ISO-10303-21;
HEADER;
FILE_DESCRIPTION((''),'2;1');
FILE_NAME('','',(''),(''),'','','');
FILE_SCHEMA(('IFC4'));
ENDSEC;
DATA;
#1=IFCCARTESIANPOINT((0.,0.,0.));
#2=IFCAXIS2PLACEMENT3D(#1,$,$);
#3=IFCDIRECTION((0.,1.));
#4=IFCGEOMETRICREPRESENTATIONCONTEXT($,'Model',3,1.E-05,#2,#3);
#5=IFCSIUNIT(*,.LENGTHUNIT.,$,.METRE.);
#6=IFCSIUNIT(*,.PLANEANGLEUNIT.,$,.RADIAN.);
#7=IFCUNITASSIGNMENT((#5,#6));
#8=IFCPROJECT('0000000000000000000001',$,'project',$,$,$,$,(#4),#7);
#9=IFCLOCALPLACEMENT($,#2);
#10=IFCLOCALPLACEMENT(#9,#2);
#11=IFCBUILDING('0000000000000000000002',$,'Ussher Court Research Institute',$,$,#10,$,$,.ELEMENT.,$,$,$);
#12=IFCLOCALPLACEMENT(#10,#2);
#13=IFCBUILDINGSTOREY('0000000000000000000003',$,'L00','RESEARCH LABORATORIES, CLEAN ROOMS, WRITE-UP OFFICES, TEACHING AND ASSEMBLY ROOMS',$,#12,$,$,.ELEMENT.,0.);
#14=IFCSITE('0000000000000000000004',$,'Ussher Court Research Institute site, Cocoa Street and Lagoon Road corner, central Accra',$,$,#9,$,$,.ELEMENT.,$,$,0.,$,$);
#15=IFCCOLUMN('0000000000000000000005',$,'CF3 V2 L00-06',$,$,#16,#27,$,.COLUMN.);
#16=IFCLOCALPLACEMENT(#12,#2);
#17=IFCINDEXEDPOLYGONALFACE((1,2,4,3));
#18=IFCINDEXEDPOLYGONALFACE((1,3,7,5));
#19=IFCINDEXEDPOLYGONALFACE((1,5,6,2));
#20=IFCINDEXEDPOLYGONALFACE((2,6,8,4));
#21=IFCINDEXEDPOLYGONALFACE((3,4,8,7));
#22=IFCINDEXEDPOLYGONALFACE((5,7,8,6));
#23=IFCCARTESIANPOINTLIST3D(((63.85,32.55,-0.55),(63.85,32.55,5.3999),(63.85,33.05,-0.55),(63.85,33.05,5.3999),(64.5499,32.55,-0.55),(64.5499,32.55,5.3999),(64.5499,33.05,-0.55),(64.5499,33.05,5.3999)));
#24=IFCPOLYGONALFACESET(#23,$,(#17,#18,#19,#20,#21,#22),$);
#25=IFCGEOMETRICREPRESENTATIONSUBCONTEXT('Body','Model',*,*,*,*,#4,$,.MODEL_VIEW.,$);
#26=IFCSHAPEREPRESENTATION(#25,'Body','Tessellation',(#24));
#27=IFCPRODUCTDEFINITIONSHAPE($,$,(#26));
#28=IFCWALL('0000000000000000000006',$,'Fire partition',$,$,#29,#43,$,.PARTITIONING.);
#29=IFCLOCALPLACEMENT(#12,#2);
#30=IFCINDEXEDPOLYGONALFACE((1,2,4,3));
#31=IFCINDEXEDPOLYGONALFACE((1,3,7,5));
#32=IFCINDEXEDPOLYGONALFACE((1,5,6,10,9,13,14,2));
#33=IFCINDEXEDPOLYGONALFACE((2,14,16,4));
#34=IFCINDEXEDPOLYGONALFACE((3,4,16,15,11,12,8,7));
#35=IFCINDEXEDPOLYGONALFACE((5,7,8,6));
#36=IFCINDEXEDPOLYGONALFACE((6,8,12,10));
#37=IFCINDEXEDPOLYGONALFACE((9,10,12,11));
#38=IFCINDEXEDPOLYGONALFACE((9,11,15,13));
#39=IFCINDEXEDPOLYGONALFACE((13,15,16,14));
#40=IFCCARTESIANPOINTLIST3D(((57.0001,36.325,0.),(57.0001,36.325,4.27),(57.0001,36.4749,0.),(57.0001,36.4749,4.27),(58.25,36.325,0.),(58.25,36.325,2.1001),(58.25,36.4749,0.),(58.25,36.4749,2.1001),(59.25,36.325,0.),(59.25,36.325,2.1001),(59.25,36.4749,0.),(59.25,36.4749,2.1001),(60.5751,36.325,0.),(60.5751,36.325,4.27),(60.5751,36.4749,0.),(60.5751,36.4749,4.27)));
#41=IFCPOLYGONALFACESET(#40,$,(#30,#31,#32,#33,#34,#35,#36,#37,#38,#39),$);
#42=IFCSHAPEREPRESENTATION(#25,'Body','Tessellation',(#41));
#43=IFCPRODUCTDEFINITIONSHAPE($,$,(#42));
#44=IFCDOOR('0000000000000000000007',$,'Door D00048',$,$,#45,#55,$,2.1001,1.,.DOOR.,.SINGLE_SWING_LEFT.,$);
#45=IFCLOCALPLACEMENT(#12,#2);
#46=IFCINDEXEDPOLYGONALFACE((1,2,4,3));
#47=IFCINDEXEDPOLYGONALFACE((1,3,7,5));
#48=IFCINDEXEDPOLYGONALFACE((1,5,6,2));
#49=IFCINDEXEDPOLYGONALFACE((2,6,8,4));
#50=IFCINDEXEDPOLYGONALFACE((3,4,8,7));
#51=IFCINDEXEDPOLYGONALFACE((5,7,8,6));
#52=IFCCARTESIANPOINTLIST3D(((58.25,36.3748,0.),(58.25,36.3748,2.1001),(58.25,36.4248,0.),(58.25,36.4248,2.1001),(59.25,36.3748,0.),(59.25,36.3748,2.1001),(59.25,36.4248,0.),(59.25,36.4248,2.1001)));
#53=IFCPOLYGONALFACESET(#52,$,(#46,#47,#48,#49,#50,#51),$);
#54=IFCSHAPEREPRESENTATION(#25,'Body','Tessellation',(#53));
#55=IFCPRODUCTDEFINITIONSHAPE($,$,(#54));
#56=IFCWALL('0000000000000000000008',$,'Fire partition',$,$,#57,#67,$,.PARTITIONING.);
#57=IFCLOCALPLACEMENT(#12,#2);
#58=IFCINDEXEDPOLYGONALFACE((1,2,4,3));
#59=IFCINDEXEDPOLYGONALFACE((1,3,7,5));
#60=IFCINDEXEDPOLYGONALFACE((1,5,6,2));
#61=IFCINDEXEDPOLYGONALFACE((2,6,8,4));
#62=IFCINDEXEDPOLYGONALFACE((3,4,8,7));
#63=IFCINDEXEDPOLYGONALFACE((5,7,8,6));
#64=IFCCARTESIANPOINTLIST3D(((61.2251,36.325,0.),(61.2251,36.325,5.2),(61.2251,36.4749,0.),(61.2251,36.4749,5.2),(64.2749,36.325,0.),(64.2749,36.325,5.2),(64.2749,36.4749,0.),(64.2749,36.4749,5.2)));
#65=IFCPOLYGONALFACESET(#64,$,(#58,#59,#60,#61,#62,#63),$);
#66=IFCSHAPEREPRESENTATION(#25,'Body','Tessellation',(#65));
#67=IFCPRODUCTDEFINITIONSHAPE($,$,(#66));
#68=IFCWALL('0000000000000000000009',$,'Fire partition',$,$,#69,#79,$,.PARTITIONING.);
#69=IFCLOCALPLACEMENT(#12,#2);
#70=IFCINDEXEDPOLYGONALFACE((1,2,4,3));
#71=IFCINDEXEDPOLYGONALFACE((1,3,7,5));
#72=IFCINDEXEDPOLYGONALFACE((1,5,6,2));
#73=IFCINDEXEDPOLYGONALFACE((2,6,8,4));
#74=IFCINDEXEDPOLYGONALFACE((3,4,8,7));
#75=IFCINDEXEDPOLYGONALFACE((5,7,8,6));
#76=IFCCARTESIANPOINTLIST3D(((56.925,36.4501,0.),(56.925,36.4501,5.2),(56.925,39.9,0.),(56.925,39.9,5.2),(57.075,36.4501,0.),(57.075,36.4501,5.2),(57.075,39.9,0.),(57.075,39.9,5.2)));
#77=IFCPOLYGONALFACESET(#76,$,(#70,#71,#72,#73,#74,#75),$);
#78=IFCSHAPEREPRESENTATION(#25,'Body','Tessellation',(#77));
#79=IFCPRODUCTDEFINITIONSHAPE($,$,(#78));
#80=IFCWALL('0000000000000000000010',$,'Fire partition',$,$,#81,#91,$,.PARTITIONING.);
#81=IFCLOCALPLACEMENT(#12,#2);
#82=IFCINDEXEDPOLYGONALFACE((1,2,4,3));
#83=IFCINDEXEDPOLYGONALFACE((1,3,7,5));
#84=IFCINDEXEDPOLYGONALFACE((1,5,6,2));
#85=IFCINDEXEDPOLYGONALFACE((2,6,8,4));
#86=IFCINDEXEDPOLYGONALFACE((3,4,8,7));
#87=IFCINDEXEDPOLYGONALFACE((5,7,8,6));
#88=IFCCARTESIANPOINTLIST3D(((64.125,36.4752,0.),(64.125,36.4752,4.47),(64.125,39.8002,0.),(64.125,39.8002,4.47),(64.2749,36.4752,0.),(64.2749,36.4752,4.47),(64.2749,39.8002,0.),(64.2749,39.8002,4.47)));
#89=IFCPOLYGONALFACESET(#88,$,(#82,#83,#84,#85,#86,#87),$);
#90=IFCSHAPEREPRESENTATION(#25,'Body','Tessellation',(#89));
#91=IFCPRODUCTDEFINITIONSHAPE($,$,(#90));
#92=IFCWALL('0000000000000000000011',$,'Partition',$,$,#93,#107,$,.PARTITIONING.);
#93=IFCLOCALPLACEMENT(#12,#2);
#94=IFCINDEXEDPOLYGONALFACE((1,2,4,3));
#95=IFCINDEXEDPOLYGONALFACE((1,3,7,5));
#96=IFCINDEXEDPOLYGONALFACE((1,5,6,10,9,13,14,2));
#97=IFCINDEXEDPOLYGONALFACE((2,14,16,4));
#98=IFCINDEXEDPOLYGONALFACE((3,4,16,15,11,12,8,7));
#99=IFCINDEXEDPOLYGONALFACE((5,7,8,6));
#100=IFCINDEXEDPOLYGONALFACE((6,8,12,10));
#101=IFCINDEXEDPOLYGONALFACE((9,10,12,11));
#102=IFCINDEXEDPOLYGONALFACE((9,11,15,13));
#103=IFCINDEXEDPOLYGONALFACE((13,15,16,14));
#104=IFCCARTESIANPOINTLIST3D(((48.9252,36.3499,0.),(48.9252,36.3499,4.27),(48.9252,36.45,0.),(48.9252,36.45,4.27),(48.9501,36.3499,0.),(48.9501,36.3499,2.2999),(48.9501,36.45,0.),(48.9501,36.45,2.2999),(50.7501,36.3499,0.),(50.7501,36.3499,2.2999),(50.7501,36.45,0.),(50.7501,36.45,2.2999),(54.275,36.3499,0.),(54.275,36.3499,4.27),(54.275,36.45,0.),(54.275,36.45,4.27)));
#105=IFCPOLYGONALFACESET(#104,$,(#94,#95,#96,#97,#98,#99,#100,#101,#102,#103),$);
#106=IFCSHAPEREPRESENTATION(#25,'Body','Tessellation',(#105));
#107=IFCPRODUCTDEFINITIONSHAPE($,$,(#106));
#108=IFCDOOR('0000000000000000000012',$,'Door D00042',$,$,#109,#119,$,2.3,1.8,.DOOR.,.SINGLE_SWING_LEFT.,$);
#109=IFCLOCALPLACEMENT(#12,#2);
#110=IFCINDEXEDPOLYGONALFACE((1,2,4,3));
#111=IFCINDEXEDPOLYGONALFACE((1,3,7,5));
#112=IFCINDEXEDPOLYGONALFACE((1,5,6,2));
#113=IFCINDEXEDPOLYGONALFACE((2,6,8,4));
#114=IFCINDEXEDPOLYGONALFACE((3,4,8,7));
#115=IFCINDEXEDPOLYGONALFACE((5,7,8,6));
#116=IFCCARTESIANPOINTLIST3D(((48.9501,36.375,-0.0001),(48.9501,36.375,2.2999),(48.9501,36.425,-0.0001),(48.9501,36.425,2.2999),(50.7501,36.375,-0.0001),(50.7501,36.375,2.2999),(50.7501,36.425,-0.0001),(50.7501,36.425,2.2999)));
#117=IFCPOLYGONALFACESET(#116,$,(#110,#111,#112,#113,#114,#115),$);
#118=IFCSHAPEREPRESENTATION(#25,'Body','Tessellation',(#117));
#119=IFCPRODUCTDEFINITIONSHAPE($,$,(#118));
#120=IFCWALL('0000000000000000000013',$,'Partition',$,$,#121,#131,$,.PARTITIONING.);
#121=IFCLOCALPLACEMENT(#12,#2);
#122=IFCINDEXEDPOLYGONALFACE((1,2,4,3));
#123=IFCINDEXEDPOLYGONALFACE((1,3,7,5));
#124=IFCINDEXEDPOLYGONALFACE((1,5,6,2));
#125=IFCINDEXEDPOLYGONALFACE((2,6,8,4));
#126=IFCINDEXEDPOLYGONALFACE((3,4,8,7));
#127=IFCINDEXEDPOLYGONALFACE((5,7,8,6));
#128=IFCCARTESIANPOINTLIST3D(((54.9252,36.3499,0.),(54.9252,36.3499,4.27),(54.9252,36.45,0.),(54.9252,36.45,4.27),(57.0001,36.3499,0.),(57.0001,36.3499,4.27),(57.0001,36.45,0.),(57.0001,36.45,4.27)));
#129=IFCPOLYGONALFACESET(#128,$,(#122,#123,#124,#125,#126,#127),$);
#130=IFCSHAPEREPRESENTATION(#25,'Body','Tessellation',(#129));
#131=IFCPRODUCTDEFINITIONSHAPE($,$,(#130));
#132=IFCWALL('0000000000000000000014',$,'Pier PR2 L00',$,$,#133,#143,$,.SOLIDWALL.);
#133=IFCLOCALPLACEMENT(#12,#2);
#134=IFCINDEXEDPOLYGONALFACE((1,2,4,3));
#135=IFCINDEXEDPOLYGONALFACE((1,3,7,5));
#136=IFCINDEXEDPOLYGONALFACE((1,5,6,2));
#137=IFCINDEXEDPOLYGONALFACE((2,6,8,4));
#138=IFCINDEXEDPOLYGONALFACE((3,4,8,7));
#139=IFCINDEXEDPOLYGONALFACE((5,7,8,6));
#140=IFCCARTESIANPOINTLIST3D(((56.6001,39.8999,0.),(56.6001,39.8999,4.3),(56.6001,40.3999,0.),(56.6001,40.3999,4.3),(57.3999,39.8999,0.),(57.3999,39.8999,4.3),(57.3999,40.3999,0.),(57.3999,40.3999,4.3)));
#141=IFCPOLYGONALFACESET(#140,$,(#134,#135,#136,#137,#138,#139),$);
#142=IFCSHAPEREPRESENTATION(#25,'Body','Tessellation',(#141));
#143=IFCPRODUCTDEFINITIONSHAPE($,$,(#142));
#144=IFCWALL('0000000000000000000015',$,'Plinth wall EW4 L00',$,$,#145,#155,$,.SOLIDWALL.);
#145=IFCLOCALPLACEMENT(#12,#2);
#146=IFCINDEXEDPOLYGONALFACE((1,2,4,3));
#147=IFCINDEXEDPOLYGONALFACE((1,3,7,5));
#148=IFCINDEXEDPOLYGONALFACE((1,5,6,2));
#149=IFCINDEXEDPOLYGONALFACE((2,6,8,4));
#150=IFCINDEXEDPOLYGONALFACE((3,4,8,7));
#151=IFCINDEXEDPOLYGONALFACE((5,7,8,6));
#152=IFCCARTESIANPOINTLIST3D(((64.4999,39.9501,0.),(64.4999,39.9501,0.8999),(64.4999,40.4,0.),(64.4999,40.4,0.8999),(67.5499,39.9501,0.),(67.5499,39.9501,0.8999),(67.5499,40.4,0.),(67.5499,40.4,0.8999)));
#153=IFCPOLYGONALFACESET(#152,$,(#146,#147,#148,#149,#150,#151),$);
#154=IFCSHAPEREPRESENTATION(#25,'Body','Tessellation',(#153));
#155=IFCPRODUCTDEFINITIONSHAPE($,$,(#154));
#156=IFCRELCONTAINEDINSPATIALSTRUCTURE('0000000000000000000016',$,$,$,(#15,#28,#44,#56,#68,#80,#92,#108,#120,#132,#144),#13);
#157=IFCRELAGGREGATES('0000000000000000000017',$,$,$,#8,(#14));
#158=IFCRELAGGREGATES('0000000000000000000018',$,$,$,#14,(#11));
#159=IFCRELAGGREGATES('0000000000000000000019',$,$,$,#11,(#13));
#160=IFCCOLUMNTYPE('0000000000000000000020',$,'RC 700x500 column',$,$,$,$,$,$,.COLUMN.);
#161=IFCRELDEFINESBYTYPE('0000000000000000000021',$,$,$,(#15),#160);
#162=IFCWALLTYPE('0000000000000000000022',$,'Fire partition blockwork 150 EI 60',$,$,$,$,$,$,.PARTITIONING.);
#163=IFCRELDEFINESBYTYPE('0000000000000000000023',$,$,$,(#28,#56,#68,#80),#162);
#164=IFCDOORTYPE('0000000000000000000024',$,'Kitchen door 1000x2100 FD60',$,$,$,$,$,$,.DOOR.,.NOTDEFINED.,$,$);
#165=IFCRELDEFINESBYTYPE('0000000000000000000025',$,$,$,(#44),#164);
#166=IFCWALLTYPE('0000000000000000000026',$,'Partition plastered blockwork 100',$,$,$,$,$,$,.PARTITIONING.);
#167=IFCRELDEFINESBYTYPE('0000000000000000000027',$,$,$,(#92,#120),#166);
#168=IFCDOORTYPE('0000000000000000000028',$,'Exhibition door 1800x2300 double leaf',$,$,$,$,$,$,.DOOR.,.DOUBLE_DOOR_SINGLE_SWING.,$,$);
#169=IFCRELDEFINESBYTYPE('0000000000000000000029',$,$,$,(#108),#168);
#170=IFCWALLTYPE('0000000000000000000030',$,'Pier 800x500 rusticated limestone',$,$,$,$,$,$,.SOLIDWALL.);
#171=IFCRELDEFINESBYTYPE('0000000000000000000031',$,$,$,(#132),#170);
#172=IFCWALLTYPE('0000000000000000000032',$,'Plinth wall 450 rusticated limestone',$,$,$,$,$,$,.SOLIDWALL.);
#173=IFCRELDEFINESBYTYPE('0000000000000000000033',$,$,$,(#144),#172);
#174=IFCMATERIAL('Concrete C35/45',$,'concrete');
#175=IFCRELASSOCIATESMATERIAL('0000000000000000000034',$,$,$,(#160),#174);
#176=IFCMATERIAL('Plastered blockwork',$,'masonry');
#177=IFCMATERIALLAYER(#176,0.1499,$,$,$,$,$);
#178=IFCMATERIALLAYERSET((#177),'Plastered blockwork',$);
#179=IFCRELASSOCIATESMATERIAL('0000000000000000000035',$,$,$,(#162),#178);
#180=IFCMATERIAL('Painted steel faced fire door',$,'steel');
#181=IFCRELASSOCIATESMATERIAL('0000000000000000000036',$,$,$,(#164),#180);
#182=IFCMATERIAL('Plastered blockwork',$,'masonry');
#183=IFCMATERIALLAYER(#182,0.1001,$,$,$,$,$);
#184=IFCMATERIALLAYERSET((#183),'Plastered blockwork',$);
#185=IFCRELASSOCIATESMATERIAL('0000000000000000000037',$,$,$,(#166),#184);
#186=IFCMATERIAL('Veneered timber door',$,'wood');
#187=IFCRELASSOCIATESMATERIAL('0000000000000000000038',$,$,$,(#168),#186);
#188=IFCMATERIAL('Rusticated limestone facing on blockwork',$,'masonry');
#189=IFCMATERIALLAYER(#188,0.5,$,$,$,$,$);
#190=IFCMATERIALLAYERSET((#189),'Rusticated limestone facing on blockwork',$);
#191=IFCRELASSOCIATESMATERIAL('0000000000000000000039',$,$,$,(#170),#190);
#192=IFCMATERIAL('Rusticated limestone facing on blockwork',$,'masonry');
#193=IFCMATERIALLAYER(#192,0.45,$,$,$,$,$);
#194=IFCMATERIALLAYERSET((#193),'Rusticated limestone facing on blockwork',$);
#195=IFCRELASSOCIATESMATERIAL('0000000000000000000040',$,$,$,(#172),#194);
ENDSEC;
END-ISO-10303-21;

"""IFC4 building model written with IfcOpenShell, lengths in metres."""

from ifc_helpers import new_model, si_unit, direction, frame, frame_2d, origin, origin_2d, place, context, subcontext, project, spatial, rectangle, extrude, material, layer, layer_set, material_profile, profile_set, type_object, element, fill, save


model = new_model("IFC4")

# Units and contexts
model_context = context("Model", 3, precision=1e-05, world=origin(), true_north=direction((0.0, 1.0)))
body_context = subcontext(model_context, "Body", "Model", "MODEL_VIEW")
ifc_project = project(units=[si_unit("LENGTHUNIT", "METRE"), si_unit("PLANEANGLEUNIT", "RADIAN")], contexts=[model_context])

# Site, building, storey
site_placement = place(None, origin())
site = spatial("IfcSite", under=ifc_project, at=site_placement, Name="Ussher Court Research Institute site, Cocoa Street and Lagoon Road corner, central Accra", CompositionType="ELEMENT", RefElevation=0.0)
building_placement = place(site_placement, origin())
building = spatial("IfcBuilding", under=site, at=building_placement, Name="Ussher Court Research Institute", CompositionType="ELEMENT")
storey_placement = place(building_placement, origin())
storey = spatial("IfcBuildingStorey", under=building, at=storey_placement, Name="L00", Description="RESEARCH LABORATORIES, CLEAN ROOMS, WRITE-UP OFFICES, TEACHING AND ASSEMBLY ROOMS", CompositionType="ELEMENT", Elevation=0.0)

# Column
ifc_material_1 = material(Name="Concrete C35/45", Category="concrete")
ifc_material_profile_1 = material_profile(ifc_material_1, rectangle(XDim=0.7, YDim=0.5, at=origin_2d()), Name="RC 700x500")
ifc_profile_set_1 = profile_set([ifc_material_profile_1], Name="Concrete C35/45")
column_type_1 = type_object("IfcColumnType", Name="RC 700x500 column", PredefinedType="COLUMN", material=ifc_profile_set_1)
column_1_placement = place(storey_placement, frame((64.2, 32.8, -0.55), z_axis=(0.0, 0.0, 1.0), x_axis=(1.0, 0.0, 0.0)))
element("IfcColumn", 1, at=column_1_placement, inside=storey, type_object=column_type_1, Name="CF3 V2 L00-06", PredefinedType="COLUMN", context=body_context, shape_type="SweptSolid", body=[
    extrude(rectangle(XDim=0.7, YDim=0.5, at=origin_2d()), origin(), (0.0, 0.0, 1.0), 5.95),
])

# Wall, opening, door
ifc_material_2 = material(Name="Plastered blockwork", Category="masonry")
ifc_layer_1 = layer(ifc_material_2, 0.1499)
ifc_layer_set_1 = layer_set([ifc_layer_1], Name="Plastered blockwork")
wall_type_1 = type_object("IfcWallType", Name="Fire partition blockwork 150 EI 60", PredefinedType="PARTITIONING", material=ifc_layer_set_1)
wall_1_placement = place(storey_placement, frame((57.0, 36.3999, 0.0), z_axis=(0.0, 0.0, 1.0), x_axis=(1.0, 0.0, 0.0)))
wall_1 = element("IfcWall", 2, at=wall_1_placement, inside=storey, type_object=wall_type_1, Name="Fire partition", PredefinedType="PARTITIONING", context=body_context, shape_type="SweptSolid", body=[
    extrude(rectangle(XDim=3.575, YDim=0.1499, at=frame_2d((1.7876, 0.0))), origin(), (0.0, 0.0, 1.0), 4.27),
])
opening_1_placement = place(wall_1_placement, frame((1.25, 0.0, 0.0)))
opening_1 = element("IfcOpeningElement", 3, at=opening_1_placement, cuts=wall_1, PredefinedType="OPENING", context=body_context, shape_type="SweptSolid", body=[
    extrude(rectangle(XDim=1.0, YDim=2.1001, at=frame_2d((0.5, 1.05))), frame((0.0, 0.085, 0.0), z_axis=(0.0, -1.0, 0.0), x_axis=(1.0, 0.0, 0.0)), (0.0, 0.0, 1.0), 0.1699),
])
ifc_material_3 = material(Name="Painted steel faced fire door", Category="steel")
door_type_1 = type_object("IfcDoorType", Name="Kitchen door 1000x2100 FD60", OperationType="NOTDEFINED", PredefinedType="DOOR", material=ifc_material_3)
door_1_placement = place(opening_1_placement, origin())
door_1 = element("IfcDoor", 4, at=door_1_placement, inside=storey, type_object=door_type_1, Name="Door D00048", OperationType="SINGLE_SWING_LEFT", OverallHeight=2.1001, OverallWidth=1.0, PredefinedType="DOOR", context=body_context, shape_type="SweptSolid", body=[
    extrude(rectangle(XDim=1.0, YDim=2.1001, at=frame_2d((0.5, 1.05))), frame((0.0, 0.0249, 0.0), z_axis=(0.0, -1.0, 0.0), x_axis=(1.0, 0.0, 0.0)), (0.0, 0.0, 1.0), 0.05),
])
fill(opening_1, door_1)

# Walls
wall_2_placement = place(storey_placement, frame((61.2251, 36.3999, 0.0), z_axis=(0.0, 0.0, 1.0), x_axis=(1.0, 0.0, 0.0)))
element("IfcWall", 5, at=wall_2_placement, inside=storey, type_object=wall_type_1, Name="Fire partition", PredefinedType="PARTITIONING", context=body_context, shape_type="SweptSolid", body=[
    extrude(rectangle(XDim=3.0498, YDim=0.1499, at=frame_2d((1.5249, 0.0))), origin(), (0.0, 0.0, 1.0), 5.2),
])
wall_3_placement = place(storey_placement, frame((57.0, 36.45, 0.0), z_axis=(0.0, 0.0, 1.0), x_axis=(0.0, 1.0, 0.0)))
element("IfcWall", 6, at=wall_3_placement, inside=storey, type_object=wall_type_1, Name="Fire partition", PredefinedType="PARTITIONING", context=body_context, shape_type="SweptSolid", body=[
    extrude(rectangle(XDim=3.45, YDim=0.1499, at=frame_2d((1.7251, 0.0))), origin(), (0.0, 0.0, 1.0), 5.2),
])
wall_4_placement = place(storey_placement, frame((64.2, 36.4751, 0.0), z_axis=(0.0, 0.0, 1.0), x_axis=(0.0, 1.0, 0.0)))
element("IfcWall", 7, at=wall_4_placement, inside=storey, type_object=wall_type_1, Name="Fire partition", PredefinedType="PARTITIONING", context=body_context, shape_type="SweptSolid", body=[
    extrude(rectangle(XDim=3.325, YDim=0.1499, at=frame_2d((1.6626, 0.0))), origin(), (0.0, 0.0, 1.0), 4.47),
])

# Wall, opening, door
ifc_material_4 = material(Name="Plastered blockwork", Category="masonry")
ifc_layer_2 = layer(ifc_material_4, 0.1001)
ifc_layer_set_2 = layer_set([ifc_layer_2], Name="Plastered blockwork")
wall_type_2 = type_object("IfcWallType", Name="Partition plastered blockwork 100", PredefinedType="PARTITIONING", material=ifc_layer_set_2)
wall_5_placement = place(storey_placement, frame((54.2749, 36.3999, 0.0), z_axis=(0.0, 0.0, 1.0), x_axis=(-1.0, 0.0, 0.0)))
wall_5 = element("IfcWall", 8, at=wall_5_placement, inside=storey, type_object=wall_type_2, Name="Partition", PredefinedType="PARTITIONING", context=body_context, shape_type="SweptSolid", body=[
    extrude(rectangle(XDim=5.3499, YDim=0.1001, at=frame_2d((2.6748, 0.0))), origin(), (0.0, 0.0, 1.0), 4.27),
])
opening_2_placement = place(wall_5_placement, frame((3.5249, 0.0, 0.0)))
opening_2 = element("IfcOpeningElement", 9, at=opening_2_placement, cuts=wall_5, PredefinedType="OPENING", context=body_context, shape_type="SweptSolid", body=[
    extrude(rectangle(XDim=1.8, YDim=2.3, at=frame_2d((0.8999, 1.1499))), frame((0.0, 0.0601, 0.0), z_axis=(0.0, -1.0, 0.0), x_axis=(1.0, 0.0, 0.0)), (0.0, 0.0, 1.0), 0.1201),
])
ifc_material_5 = material(Name="Veneered timber door", Category="wood")
door_type_2 = type_object("IfcDoorType", Name="Exhibition door 1800x2300 double leaf", OperationType="DOUBLE_DOOR_SINGLE_SWING", PredefinedType="DOOR", material=ifc_material_5)
door_2_placement = place(opening_2_placement, origin())
door_2 = element("IfcDoor", 10, at=door_2_placement, inside=storey, type_object=door_type_2, Name="Door D00042", OperationType="SINGLE_SWING_LEFT", OverallHeight=2.3, OverallWidth=1.8, PredefinedType="DOOR", context=body_context, shape_type="SweptSolid", body=[
    extrude(rectangle(XDim=1.8, YDim=2.3, at=frame_2d((0.8999, 1.1499))), frame((0.0, 0.0249, 0.0), z_axis=(0.0, -1.0, 0.0), x_axis=(1.0, 0.0, 0.0)), (0.0, 0.0, 1.0), 0.05),
])
fill(opening_2, door_2)

# Walls
wall_6_placement = place(storey_placement, frame((54.925, 36.3999, 0.0), z_axis=(0.0, 0.0, 1.0), x_axis=(1.0, 0.0, 0.0)))
element("IfcWall", 11, at=wall_6_placement, inside=storey, type_object=wall_type_2, Name="Partition", PredefinedType="PARTITIONING", context=body_context, shape_type="SweptSolid", body=[
    extrude(rectangle(XDim=2.075, YDim=0.1001, at=frame_2d((1.0376, 0.0))), origin(), (0.0, 0.0, 1.0), 4.27),
])
ifc_material_6 = material(Name="Rusticated limestone facing on blockwork", Category="masonry")
ifc_layer_3 = layer(ifc_material_6, 0.5)
ifc_layer_set_3 = layer_set([ifc_layer_3], Name="Rusticated limestone facing on blockwork")
wall_type_3 = type_object("IfcWallType", Name="Pier 800x500 rusticated limestone", PredefinedType="SOLIDWALL", material=ifc_layer_set_3)
wall_7_placement = place(storey_placement, frame((56.6001, 40.1499, 0.0), z_axis=(0.0, 0.0, 1.0), x_axis=(1.0, 0.0, 0.0)))
element("IfcWall", 12, at=wall_7_placement, inside=storey, type_object=wall_type_3, Name="Pier PR2 L00", PredefinedType="SOLIDWALL", context=body_context, shape_type="SweptSolid", body=[
    extrude(rectangle(XDim=0.7998, YDim=0.5, at=frame_2d((0.3999, 0.0))), origin(), (0.0, 0.0, 1.0), 4.3),
])
ifc_material_7 = material(Name="Rusticated limestone facing on blockwork", Category="masonry")
ifc_layer_4 = layer(ifc_material_7, 0.45)
ifc_layer_set_4 = layer_set([ifc_layer_4], Name="Rusticated limestone facing on blockwork")
wall_type_4 = type_object("IfcWallType", Name="Plinth wall 450 rusticated limestone", PredefinedType="SOLIDWALL", material=ifc_layer_set_4)
wall_8_placement = place(storey_placement, frame((64.5, 40.175, 0.0), z_axis=(0.0, 0.0, 1.0), x_axis=(1.0, 0.0, 0.0)))
element("IfcWall", 13, at=wall_8_placement, inside=storey, type_object=wall_type_4, Name="Plinth wall EW4 L00", PredefinedType="SOLIDWALL", context=body_context, shape_type="SweptSolid", body=[
    extrude(rectangle(XDim=3.05, YDim=0.45, at=frame_2d((1.5249, 0.0))), origin(), (0.0, 0.0, 1.0), 0.8999),
])

save(model, "model.ifc")
